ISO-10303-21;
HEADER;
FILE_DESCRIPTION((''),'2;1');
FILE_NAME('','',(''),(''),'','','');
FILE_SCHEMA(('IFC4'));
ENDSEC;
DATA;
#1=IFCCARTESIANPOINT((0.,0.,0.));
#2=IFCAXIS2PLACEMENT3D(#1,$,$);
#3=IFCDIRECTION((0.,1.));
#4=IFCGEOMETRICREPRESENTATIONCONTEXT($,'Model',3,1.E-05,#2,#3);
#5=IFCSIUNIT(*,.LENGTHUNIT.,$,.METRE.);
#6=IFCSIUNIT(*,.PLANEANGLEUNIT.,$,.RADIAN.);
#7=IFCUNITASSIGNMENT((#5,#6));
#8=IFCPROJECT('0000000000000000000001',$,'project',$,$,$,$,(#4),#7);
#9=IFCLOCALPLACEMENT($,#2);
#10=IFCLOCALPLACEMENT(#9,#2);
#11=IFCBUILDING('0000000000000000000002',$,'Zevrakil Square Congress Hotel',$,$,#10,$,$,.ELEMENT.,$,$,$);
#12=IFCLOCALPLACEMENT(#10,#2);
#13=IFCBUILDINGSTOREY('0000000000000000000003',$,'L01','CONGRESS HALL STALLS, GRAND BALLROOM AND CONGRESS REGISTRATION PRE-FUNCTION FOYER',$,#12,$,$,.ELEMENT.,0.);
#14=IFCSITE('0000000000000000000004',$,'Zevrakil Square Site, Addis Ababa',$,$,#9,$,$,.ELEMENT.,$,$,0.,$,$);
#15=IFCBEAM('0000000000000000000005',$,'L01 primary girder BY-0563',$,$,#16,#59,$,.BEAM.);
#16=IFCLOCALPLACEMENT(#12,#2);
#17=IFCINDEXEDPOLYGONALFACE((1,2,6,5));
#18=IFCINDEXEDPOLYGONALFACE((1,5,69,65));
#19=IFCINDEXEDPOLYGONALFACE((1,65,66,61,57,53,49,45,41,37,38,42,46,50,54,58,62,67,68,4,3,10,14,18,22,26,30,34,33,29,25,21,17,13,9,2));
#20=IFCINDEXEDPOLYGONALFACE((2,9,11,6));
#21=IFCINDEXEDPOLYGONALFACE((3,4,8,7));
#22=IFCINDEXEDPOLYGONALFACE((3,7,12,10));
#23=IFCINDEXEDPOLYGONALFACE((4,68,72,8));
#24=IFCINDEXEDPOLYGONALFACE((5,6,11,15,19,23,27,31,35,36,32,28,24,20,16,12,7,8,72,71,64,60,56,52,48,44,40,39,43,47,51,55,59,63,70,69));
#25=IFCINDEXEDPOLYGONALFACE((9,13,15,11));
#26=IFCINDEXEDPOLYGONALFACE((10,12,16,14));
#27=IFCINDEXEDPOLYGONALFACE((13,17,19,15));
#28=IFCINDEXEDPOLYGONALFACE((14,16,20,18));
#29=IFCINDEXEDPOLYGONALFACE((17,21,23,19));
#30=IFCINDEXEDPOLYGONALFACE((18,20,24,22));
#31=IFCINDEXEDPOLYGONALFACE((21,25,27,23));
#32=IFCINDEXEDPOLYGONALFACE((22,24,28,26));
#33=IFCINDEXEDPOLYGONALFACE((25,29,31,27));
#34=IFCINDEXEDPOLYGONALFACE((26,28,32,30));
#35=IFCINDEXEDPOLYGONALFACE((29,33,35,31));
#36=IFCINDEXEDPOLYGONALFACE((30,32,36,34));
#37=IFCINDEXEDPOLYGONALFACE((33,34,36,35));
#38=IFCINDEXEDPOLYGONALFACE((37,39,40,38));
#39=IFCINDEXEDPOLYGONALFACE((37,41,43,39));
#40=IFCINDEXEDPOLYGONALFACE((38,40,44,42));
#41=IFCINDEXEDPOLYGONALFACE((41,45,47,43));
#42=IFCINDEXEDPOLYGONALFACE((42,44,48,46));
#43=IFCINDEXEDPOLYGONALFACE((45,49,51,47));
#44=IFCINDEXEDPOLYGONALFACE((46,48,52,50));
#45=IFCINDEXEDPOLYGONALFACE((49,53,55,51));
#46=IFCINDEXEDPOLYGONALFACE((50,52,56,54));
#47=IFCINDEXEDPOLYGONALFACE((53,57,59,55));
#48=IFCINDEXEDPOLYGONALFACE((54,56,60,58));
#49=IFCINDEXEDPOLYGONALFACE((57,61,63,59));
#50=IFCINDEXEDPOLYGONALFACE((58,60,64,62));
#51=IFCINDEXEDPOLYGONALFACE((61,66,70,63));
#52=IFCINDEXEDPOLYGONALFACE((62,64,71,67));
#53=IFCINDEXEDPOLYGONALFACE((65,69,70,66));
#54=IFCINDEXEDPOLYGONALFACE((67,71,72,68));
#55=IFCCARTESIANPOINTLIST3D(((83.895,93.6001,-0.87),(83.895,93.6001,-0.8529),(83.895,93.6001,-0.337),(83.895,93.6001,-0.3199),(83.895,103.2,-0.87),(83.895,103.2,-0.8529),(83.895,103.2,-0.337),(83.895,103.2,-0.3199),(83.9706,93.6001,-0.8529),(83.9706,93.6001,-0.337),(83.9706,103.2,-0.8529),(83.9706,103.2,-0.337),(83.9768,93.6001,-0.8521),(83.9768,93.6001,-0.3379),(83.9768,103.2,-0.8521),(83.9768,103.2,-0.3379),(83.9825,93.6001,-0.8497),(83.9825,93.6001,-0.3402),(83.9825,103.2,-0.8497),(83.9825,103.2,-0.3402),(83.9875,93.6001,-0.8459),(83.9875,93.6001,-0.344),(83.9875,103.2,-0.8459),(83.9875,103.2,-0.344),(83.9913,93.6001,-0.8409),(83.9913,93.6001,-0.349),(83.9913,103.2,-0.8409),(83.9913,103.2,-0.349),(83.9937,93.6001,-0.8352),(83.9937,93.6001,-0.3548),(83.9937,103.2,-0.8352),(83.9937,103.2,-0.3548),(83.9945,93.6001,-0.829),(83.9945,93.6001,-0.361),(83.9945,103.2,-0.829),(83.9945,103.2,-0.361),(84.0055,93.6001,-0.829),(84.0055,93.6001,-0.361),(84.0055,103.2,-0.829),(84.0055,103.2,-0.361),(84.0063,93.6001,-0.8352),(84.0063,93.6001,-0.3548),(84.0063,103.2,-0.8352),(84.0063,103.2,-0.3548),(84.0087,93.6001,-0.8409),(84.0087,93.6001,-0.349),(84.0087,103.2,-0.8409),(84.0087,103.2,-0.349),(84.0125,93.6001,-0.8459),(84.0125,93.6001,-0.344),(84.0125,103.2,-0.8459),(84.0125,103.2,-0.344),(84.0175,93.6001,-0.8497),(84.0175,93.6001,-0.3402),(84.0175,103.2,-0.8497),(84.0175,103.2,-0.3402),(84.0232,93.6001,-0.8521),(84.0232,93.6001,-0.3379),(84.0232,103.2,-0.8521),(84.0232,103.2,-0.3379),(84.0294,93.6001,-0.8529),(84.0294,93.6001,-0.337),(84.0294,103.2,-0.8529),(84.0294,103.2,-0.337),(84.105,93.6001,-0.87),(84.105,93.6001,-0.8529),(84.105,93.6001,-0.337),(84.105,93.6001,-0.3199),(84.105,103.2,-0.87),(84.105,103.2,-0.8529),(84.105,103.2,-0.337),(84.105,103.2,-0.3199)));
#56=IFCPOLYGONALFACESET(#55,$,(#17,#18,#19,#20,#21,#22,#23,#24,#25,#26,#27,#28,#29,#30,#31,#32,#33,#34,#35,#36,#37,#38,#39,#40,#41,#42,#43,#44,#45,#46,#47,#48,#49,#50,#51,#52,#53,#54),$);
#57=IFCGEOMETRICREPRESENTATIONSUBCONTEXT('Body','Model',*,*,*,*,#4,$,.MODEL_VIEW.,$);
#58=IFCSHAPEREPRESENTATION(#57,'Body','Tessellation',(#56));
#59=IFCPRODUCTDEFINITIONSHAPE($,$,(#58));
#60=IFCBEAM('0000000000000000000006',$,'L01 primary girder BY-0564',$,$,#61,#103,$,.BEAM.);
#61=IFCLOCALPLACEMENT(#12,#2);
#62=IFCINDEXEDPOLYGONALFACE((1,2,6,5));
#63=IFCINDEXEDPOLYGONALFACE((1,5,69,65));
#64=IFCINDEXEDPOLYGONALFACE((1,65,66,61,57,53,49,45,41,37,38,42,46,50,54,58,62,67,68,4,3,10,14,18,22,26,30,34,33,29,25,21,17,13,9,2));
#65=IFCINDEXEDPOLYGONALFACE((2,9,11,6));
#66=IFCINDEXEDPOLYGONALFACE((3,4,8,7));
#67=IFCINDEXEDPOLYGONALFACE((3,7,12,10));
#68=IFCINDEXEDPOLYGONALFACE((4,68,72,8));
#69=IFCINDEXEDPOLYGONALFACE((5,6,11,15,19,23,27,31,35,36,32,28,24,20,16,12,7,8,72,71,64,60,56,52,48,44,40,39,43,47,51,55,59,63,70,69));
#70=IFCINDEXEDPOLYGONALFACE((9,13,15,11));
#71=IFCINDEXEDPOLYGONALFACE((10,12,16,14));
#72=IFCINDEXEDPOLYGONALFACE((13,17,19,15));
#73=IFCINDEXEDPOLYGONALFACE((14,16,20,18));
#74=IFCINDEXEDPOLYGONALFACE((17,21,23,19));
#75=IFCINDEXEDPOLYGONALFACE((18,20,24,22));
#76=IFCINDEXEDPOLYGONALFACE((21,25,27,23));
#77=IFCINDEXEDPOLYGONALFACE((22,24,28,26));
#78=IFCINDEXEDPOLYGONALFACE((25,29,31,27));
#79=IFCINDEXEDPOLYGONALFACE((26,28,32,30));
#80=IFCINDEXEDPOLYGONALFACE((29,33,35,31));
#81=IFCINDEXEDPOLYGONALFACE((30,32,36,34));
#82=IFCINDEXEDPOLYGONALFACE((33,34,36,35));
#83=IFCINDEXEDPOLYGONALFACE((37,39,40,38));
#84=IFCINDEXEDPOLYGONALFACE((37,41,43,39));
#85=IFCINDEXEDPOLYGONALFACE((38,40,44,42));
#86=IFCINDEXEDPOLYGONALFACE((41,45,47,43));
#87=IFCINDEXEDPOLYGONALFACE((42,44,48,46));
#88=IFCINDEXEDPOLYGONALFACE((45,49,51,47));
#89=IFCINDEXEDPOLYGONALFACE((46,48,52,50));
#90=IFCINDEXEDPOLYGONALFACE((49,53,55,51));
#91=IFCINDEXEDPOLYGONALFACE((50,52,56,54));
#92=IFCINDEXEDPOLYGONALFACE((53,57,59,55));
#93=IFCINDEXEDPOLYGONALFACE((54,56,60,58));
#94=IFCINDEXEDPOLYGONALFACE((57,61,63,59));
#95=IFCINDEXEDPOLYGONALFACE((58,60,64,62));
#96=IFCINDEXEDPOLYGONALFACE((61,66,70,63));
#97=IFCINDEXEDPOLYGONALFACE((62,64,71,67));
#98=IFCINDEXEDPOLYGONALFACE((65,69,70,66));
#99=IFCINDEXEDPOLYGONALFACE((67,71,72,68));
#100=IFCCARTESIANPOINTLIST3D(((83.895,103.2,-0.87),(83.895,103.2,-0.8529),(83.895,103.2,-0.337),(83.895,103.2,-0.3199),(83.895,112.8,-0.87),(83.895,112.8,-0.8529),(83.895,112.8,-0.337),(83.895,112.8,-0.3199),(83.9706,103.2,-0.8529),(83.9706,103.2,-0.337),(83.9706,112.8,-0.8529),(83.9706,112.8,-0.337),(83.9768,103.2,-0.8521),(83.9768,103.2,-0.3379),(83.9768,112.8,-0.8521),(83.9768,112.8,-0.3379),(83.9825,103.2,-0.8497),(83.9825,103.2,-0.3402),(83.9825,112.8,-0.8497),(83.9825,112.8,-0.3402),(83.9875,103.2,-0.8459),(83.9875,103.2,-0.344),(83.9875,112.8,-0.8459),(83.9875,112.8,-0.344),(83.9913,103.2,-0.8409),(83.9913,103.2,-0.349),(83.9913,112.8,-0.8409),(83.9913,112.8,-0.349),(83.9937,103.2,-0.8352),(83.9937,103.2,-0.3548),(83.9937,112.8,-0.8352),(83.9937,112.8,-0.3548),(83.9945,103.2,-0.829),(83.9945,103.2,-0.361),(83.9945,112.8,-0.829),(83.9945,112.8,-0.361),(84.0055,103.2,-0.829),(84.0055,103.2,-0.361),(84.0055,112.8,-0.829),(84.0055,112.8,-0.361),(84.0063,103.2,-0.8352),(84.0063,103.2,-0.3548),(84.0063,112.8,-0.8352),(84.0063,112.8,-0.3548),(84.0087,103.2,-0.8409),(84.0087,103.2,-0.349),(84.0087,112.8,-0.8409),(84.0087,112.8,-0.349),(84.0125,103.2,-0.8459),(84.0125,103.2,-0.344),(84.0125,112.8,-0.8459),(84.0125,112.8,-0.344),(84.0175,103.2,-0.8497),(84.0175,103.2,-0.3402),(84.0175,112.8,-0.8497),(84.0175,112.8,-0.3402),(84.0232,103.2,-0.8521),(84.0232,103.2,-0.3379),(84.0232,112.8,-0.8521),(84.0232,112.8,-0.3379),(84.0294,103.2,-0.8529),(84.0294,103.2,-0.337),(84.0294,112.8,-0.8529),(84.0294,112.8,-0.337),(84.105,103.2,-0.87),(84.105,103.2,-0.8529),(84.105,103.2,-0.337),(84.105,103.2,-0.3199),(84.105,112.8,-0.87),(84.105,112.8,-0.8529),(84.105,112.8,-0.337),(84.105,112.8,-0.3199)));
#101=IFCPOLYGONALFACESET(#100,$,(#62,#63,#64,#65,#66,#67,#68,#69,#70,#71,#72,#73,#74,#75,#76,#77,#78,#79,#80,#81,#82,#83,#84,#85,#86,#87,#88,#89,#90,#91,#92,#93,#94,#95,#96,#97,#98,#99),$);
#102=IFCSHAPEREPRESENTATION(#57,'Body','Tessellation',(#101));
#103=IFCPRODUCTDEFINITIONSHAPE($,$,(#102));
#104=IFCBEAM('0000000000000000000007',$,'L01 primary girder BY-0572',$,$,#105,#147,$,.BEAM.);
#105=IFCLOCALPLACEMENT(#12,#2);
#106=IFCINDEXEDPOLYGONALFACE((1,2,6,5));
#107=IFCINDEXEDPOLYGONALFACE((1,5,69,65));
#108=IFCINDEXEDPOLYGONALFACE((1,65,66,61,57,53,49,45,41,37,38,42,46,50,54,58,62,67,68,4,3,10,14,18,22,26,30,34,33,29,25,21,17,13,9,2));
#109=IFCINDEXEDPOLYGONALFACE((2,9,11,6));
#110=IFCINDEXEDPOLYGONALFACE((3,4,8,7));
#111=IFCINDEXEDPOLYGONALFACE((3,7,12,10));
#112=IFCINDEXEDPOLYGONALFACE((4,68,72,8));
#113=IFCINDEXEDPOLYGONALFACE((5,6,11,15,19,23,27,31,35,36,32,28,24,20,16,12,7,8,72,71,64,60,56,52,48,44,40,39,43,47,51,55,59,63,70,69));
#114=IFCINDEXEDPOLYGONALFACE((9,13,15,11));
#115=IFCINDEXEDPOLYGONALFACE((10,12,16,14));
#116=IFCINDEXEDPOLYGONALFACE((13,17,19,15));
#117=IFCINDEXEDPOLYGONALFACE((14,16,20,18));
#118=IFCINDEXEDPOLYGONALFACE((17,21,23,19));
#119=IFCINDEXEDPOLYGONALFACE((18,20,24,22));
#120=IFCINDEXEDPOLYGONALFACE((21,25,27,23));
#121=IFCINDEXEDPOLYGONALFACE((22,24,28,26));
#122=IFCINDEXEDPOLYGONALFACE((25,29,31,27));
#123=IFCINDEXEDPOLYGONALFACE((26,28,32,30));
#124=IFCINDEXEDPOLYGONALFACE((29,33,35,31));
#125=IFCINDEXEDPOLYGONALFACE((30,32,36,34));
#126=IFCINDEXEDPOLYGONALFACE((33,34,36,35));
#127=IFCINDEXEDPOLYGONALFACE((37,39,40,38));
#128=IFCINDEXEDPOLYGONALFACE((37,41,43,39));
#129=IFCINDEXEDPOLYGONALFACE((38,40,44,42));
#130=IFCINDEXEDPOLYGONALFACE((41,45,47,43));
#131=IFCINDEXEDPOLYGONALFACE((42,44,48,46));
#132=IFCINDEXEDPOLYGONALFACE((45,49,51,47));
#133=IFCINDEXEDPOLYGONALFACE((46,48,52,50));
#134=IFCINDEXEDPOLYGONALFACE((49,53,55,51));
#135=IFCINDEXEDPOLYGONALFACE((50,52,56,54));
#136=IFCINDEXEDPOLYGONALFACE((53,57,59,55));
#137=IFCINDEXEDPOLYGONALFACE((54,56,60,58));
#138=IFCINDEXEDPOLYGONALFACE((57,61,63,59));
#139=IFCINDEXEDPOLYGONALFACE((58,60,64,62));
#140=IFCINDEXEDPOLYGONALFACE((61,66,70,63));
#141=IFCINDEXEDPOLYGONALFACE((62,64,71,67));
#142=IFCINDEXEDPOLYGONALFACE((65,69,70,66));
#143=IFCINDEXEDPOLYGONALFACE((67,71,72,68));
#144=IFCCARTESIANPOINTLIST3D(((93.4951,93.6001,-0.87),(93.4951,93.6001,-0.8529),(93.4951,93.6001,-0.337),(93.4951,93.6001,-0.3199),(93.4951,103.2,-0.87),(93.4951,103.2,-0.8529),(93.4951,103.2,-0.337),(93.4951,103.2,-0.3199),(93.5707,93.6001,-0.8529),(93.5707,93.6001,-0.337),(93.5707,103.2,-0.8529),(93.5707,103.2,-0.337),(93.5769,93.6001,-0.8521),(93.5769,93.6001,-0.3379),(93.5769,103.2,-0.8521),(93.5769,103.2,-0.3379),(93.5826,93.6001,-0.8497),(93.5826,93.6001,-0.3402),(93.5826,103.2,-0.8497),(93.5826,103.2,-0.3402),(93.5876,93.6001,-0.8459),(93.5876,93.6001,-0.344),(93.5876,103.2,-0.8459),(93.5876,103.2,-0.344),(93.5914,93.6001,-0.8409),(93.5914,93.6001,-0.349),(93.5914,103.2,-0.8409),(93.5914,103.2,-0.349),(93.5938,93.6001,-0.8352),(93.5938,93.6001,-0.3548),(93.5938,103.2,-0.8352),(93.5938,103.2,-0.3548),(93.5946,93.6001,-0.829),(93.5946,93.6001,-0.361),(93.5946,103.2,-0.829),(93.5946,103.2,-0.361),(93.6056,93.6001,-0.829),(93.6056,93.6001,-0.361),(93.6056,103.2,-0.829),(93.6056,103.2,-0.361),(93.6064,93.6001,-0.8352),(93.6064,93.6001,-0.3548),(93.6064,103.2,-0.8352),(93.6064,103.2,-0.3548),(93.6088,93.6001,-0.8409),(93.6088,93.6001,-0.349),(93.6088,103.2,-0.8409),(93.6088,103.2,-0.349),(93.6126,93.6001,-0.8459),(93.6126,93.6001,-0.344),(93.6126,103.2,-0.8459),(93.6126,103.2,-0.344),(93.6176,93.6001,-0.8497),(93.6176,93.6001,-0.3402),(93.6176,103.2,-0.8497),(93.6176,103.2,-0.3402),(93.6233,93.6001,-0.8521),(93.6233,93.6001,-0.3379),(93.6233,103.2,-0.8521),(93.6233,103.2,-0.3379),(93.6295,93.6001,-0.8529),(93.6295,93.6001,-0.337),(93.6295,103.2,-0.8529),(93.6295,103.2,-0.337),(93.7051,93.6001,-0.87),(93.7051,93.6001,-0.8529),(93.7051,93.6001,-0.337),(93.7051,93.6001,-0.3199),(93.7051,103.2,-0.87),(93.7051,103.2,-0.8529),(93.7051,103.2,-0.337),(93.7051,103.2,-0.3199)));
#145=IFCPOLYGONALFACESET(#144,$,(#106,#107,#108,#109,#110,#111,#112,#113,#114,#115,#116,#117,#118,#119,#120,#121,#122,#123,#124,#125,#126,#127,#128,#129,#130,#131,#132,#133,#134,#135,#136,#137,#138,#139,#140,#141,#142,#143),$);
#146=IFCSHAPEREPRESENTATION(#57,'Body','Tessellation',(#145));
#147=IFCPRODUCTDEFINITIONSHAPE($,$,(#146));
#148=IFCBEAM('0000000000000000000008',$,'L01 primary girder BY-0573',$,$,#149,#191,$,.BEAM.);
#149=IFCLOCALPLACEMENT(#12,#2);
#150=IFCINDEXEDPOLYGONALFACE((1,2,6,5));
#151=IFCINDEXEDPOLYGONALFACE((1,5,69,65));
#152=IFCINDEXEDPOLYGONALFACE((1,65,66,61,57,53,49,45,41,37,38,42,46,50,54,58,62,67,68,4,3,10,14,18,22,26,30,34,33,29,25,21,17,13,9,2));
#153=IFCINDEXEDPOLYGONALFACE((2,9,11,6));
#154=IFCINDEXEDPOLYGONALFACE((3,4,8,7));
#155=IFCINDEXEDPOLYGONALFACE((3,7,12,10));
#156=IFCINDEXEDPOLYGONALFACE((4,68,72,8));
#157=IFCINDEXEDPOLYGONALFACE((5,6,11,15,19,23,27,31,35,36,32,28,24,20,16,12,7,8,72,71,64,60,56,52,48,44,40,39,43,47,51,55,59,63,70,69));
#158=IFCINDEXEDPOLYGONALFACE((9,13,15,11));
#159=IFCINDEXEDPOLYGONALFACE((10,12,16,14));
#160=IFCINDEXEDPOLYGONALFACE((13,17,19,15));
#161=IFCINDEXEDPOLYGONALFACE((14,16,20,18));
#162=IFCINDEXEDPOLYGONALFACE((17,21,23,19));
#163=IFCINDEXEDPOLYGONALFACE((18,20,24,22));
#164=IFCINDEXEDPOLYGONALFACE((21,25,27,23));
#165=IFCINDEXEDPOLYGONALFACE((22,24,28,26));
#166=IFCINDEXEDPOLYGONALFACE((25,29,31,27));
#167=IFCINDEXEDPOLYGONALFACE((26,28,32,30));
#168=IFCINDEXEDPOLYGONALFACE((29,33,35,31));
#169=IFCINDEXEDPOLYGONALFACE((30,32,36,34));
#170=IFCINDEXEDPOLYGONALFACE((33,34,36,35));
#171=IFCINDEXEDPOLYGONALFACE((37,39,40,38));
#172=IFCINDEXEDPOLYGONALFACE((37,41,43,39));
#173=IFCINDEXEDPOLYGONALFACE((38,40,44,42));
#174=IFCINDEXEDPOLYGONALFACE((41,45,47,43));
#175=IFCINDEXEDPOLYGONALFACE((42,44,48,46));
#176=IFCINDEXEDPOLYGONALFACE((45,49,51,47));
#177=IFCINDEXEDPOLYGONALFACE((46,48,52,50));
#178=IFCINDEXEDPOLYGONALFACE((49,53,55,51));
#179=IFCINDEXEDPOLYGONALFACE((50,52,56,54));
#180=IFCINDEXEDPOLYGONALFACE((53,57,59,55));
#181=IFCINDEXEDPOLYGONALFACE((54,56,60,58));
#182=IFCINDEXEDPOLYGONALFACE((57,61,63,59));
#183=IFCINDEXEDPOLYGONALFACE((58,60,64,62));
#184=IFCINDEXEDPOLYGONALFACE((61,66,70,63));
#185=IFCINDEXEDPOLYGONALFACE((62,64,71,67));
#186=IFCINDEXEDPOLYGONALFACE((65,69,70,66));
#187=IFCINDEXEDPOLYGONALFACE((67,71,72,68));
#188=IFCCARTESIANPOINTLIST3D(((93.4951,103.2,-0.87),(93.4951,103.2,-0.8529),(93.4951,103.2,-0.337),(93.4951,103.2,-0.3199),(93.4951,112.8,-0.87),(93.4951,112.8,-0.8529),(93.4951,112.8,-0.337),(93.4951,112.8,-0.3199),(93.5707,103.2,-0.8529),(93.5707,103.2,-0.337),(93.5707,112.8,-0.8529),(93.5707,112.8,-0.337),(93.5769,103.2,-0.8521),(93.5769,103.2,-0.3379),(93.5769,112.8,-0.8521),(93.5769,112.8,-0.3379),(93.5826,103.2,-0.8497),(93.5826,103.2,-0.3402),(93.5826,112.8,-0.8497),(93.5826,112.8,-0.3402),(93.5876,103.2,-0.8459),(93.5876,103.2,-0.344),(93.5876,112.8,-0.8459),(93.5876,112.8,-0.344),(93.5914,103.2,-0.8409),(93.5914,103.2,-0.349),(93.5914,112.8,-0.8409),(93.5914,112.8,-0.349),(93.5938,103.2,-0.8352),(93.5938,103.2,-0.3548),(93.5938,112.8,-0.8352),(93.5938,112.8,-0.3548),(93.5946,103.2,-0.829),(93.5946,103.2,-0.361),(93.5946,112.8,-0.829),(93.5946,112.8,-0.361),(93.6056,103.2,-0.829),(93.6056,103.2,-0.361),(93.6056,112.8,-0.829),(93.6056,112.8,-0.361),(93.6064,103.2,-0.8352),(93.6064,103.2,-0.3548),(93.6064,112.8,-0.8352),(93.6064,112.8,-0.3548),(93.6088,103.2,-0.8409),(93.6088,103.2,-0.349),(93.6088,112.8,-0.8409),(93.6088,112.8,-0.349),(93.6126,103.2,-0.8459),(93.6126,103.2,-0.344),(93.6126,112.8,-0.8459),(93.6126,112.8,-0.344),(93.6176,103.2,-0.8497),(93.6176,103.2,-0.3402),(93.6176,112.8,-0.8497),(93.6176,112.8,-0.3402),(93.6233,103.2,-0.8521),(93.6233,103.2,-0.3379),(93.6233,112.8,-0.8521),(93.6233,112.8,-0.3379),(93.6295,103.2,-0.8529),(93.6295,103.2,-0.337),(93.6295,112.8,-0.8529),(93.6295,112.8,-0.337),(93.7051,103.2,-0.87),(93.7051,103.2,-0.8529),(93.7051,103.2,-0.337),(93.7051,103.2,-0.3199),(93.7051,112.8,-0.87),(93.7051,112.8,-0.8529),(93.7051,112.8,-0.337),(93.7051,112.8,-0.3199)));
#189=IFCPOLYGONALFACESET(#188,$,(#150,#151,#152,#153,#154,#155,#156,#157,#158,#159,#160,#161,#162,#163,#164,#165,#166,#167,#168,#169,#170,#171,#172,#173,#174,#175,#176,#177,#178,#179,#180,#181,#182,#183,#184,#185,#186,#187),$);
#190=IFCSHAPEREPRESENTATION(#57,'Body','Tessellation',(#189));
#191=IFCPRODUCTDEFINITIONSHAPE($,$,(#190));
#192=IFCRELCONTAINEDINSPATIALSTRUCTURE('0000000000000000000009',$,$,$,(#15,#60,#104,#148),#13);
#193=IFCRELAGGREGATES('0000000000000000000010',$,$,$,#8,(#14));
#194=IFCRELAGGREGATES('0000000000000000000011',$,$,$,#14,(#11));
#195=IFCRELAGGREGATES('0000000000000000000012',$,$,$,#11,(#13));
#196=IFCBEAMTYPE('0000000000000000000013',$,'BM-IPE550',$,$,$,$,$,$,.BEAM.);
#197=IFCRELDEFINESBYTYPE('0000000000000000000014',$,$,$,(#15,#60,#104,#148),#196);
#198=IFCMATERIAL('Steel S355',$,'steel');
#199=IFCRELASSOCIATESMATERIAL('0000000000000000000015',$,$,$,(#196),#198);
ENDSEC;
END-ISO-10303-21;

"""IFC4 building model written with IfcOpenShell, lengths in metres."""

from ifc_helpers import new_model, si_unit, direction, frame, origin, origin_2d, place, context, subcontext, project, spatial, i_section, extrude, material, material_profile, profile_set, type_object, element, save


model = new_model("IFC4")

# Units and contexts
model_context = context("Model", 3, precision=1e-05, world=origin(), true_north=direction((0.0, 1.0)))
body_context = subcontext(model_context, "Body", "Model", "MODEL_VIEW")
ifc_project = project(units=[si_unit("LENGTHUNIT", "METRE"), si_unit("PLANEANGLEUNIT", "RADIAN")], contexts=[model_context])

# Site, building, storey
site_placement = place(None, origin())
site = spatial("IfcSite", under=ifc_project, at=site_placement, Name="Zevrakil Square Site, Addis Ababa", CompositionType="ELEMENT", RefElevation=0.0)
building_placement = place(site_placement, origin())
building = spatial("IfcBuilding", under=site, at=building_placement, Name="Zevrakil Square Congress Hotel", CompositionType="ELEMENT")
storey_placement = place(building_placement, origin())
storey = spatial("IfcBuildingStorey", under=building, at=storey_placement, Name="L01", Description="CONGRESS HALL STALLS, GRAND BALLROOM AND CONGRESS REGISTRATION PRE-FUNCTION FOYER", CompositionType="ELEMENT", Elevation=0.0)

# Beams
ifc_material_1 = material(Name="Steel S355", Category="steel")
ifc_material_profile_1 = material_profile(ifc_material_1, i_section(OverallWidth=0.21, OverallDepth=0.55, WebThickness=0.011, FlangeThickness=0.0171, FilletRadius=0.0239, at=origin_2d()), Name="IPE 550")
ifc_profile_set_1 = profile_set([ifc_material_profile_1], Name="Steel S355")
beam_type_1 = type_object("IfcBeamType", Name="BM-IPE550", PredefinedType="BEAM", material=ifc_profile_set_1)
beam_1_placement = place(storey_placement, frame((84.0, 93.6001, -0.595), z_axis=(0.0, 1.0, 0.0), x_axis=(-1.0, 0.0, 0.0)))
element("IfcBeam", 1, at=beam_1_placement, inside=storey, type_object=beam_type_1, Name="L01 primary girder BY-0563", PredefinedType="BEAM", context=body_context, shape_type="SweptSolid", body=[
    extrude(i_section(OverallWidth=0.21, OverallDepth=0.55, WebThickness=0.011, FlangeThickness=0.0171, FilletRadius=0.0239, at=origin_2d()), origin(), (0.0, 0.0, 1.0), 9.5999),
])
beam_2_placement = place(storey_placement, frame((84.0, 103.2, -0.595), z_axis=(0.0, 1.0, 0.0), x_axis=(-1.0, 0.0, 0.0)))
element("IfcBeam", 2, at=beam_2_placement, inside=storey, type_object=beam_type_1, Name="L01 primary girder BY-0564", PredefinedType="BEAM", context=body_context, shape_type="SweptSolid", body=[
    extrude(i_section(OverallWidth=0.21, OverallDepth=0.55, WebThickness=0.011, FlangeThickness=0.0171, FilletRadius=0.0239, at=origin_2d()), origin(), (0.0, 0.0, 1.0), 9.6001),
])
beam_3_placement = place(storey_placement, frame((93.6001, 93.6001, -0.595), z_axis=(0.0, 1.0, 0.0), x_axis=(-1.0, 0.0, 0.0)))
element("IfcBeam", 3, at=beam_3_placement, inside=storey, type_object=beam_type_1, Name="L01 primary girder BY-0572", PredefinedType="BEAM", context=body_context, shape_type="SweptSolid", body=[
    extrude(i_section(OverallWidth=0.21, OverallDepth=0.55, WebThickness=0.011, FlangeThickness=0.0171, FilletRadius=0.0239, at=origin_2d()), origin(), (0.0, 0.0, 1.0), 9.5999),
])
beam_4_placement = place(storey_placement, frame((93.6001, 103.2, -0.595), z_axis=(0.0, 1.0, 0.0), x_axis=(-1.0, 0.0, 0.0)))
element("IfcBeam", 4, at=beam_4_placement, inside=storey, type_object=beam_type_1, Name="L01 primary girder BY-0573", PredefinedType="BEAM", context=body_context, shape_type="SweptSolid", body=[
    extrude(i_section(OverallWidth=0.21, OverallDepth=0.55, WebThickness=0.011, FlangeThickness=0.0171, FilletRadius=0.0239, at=origin_2d()), origin(), (0.0, 0.0, 1.0), 9.6001),
])

save(model, "model.ifc")
